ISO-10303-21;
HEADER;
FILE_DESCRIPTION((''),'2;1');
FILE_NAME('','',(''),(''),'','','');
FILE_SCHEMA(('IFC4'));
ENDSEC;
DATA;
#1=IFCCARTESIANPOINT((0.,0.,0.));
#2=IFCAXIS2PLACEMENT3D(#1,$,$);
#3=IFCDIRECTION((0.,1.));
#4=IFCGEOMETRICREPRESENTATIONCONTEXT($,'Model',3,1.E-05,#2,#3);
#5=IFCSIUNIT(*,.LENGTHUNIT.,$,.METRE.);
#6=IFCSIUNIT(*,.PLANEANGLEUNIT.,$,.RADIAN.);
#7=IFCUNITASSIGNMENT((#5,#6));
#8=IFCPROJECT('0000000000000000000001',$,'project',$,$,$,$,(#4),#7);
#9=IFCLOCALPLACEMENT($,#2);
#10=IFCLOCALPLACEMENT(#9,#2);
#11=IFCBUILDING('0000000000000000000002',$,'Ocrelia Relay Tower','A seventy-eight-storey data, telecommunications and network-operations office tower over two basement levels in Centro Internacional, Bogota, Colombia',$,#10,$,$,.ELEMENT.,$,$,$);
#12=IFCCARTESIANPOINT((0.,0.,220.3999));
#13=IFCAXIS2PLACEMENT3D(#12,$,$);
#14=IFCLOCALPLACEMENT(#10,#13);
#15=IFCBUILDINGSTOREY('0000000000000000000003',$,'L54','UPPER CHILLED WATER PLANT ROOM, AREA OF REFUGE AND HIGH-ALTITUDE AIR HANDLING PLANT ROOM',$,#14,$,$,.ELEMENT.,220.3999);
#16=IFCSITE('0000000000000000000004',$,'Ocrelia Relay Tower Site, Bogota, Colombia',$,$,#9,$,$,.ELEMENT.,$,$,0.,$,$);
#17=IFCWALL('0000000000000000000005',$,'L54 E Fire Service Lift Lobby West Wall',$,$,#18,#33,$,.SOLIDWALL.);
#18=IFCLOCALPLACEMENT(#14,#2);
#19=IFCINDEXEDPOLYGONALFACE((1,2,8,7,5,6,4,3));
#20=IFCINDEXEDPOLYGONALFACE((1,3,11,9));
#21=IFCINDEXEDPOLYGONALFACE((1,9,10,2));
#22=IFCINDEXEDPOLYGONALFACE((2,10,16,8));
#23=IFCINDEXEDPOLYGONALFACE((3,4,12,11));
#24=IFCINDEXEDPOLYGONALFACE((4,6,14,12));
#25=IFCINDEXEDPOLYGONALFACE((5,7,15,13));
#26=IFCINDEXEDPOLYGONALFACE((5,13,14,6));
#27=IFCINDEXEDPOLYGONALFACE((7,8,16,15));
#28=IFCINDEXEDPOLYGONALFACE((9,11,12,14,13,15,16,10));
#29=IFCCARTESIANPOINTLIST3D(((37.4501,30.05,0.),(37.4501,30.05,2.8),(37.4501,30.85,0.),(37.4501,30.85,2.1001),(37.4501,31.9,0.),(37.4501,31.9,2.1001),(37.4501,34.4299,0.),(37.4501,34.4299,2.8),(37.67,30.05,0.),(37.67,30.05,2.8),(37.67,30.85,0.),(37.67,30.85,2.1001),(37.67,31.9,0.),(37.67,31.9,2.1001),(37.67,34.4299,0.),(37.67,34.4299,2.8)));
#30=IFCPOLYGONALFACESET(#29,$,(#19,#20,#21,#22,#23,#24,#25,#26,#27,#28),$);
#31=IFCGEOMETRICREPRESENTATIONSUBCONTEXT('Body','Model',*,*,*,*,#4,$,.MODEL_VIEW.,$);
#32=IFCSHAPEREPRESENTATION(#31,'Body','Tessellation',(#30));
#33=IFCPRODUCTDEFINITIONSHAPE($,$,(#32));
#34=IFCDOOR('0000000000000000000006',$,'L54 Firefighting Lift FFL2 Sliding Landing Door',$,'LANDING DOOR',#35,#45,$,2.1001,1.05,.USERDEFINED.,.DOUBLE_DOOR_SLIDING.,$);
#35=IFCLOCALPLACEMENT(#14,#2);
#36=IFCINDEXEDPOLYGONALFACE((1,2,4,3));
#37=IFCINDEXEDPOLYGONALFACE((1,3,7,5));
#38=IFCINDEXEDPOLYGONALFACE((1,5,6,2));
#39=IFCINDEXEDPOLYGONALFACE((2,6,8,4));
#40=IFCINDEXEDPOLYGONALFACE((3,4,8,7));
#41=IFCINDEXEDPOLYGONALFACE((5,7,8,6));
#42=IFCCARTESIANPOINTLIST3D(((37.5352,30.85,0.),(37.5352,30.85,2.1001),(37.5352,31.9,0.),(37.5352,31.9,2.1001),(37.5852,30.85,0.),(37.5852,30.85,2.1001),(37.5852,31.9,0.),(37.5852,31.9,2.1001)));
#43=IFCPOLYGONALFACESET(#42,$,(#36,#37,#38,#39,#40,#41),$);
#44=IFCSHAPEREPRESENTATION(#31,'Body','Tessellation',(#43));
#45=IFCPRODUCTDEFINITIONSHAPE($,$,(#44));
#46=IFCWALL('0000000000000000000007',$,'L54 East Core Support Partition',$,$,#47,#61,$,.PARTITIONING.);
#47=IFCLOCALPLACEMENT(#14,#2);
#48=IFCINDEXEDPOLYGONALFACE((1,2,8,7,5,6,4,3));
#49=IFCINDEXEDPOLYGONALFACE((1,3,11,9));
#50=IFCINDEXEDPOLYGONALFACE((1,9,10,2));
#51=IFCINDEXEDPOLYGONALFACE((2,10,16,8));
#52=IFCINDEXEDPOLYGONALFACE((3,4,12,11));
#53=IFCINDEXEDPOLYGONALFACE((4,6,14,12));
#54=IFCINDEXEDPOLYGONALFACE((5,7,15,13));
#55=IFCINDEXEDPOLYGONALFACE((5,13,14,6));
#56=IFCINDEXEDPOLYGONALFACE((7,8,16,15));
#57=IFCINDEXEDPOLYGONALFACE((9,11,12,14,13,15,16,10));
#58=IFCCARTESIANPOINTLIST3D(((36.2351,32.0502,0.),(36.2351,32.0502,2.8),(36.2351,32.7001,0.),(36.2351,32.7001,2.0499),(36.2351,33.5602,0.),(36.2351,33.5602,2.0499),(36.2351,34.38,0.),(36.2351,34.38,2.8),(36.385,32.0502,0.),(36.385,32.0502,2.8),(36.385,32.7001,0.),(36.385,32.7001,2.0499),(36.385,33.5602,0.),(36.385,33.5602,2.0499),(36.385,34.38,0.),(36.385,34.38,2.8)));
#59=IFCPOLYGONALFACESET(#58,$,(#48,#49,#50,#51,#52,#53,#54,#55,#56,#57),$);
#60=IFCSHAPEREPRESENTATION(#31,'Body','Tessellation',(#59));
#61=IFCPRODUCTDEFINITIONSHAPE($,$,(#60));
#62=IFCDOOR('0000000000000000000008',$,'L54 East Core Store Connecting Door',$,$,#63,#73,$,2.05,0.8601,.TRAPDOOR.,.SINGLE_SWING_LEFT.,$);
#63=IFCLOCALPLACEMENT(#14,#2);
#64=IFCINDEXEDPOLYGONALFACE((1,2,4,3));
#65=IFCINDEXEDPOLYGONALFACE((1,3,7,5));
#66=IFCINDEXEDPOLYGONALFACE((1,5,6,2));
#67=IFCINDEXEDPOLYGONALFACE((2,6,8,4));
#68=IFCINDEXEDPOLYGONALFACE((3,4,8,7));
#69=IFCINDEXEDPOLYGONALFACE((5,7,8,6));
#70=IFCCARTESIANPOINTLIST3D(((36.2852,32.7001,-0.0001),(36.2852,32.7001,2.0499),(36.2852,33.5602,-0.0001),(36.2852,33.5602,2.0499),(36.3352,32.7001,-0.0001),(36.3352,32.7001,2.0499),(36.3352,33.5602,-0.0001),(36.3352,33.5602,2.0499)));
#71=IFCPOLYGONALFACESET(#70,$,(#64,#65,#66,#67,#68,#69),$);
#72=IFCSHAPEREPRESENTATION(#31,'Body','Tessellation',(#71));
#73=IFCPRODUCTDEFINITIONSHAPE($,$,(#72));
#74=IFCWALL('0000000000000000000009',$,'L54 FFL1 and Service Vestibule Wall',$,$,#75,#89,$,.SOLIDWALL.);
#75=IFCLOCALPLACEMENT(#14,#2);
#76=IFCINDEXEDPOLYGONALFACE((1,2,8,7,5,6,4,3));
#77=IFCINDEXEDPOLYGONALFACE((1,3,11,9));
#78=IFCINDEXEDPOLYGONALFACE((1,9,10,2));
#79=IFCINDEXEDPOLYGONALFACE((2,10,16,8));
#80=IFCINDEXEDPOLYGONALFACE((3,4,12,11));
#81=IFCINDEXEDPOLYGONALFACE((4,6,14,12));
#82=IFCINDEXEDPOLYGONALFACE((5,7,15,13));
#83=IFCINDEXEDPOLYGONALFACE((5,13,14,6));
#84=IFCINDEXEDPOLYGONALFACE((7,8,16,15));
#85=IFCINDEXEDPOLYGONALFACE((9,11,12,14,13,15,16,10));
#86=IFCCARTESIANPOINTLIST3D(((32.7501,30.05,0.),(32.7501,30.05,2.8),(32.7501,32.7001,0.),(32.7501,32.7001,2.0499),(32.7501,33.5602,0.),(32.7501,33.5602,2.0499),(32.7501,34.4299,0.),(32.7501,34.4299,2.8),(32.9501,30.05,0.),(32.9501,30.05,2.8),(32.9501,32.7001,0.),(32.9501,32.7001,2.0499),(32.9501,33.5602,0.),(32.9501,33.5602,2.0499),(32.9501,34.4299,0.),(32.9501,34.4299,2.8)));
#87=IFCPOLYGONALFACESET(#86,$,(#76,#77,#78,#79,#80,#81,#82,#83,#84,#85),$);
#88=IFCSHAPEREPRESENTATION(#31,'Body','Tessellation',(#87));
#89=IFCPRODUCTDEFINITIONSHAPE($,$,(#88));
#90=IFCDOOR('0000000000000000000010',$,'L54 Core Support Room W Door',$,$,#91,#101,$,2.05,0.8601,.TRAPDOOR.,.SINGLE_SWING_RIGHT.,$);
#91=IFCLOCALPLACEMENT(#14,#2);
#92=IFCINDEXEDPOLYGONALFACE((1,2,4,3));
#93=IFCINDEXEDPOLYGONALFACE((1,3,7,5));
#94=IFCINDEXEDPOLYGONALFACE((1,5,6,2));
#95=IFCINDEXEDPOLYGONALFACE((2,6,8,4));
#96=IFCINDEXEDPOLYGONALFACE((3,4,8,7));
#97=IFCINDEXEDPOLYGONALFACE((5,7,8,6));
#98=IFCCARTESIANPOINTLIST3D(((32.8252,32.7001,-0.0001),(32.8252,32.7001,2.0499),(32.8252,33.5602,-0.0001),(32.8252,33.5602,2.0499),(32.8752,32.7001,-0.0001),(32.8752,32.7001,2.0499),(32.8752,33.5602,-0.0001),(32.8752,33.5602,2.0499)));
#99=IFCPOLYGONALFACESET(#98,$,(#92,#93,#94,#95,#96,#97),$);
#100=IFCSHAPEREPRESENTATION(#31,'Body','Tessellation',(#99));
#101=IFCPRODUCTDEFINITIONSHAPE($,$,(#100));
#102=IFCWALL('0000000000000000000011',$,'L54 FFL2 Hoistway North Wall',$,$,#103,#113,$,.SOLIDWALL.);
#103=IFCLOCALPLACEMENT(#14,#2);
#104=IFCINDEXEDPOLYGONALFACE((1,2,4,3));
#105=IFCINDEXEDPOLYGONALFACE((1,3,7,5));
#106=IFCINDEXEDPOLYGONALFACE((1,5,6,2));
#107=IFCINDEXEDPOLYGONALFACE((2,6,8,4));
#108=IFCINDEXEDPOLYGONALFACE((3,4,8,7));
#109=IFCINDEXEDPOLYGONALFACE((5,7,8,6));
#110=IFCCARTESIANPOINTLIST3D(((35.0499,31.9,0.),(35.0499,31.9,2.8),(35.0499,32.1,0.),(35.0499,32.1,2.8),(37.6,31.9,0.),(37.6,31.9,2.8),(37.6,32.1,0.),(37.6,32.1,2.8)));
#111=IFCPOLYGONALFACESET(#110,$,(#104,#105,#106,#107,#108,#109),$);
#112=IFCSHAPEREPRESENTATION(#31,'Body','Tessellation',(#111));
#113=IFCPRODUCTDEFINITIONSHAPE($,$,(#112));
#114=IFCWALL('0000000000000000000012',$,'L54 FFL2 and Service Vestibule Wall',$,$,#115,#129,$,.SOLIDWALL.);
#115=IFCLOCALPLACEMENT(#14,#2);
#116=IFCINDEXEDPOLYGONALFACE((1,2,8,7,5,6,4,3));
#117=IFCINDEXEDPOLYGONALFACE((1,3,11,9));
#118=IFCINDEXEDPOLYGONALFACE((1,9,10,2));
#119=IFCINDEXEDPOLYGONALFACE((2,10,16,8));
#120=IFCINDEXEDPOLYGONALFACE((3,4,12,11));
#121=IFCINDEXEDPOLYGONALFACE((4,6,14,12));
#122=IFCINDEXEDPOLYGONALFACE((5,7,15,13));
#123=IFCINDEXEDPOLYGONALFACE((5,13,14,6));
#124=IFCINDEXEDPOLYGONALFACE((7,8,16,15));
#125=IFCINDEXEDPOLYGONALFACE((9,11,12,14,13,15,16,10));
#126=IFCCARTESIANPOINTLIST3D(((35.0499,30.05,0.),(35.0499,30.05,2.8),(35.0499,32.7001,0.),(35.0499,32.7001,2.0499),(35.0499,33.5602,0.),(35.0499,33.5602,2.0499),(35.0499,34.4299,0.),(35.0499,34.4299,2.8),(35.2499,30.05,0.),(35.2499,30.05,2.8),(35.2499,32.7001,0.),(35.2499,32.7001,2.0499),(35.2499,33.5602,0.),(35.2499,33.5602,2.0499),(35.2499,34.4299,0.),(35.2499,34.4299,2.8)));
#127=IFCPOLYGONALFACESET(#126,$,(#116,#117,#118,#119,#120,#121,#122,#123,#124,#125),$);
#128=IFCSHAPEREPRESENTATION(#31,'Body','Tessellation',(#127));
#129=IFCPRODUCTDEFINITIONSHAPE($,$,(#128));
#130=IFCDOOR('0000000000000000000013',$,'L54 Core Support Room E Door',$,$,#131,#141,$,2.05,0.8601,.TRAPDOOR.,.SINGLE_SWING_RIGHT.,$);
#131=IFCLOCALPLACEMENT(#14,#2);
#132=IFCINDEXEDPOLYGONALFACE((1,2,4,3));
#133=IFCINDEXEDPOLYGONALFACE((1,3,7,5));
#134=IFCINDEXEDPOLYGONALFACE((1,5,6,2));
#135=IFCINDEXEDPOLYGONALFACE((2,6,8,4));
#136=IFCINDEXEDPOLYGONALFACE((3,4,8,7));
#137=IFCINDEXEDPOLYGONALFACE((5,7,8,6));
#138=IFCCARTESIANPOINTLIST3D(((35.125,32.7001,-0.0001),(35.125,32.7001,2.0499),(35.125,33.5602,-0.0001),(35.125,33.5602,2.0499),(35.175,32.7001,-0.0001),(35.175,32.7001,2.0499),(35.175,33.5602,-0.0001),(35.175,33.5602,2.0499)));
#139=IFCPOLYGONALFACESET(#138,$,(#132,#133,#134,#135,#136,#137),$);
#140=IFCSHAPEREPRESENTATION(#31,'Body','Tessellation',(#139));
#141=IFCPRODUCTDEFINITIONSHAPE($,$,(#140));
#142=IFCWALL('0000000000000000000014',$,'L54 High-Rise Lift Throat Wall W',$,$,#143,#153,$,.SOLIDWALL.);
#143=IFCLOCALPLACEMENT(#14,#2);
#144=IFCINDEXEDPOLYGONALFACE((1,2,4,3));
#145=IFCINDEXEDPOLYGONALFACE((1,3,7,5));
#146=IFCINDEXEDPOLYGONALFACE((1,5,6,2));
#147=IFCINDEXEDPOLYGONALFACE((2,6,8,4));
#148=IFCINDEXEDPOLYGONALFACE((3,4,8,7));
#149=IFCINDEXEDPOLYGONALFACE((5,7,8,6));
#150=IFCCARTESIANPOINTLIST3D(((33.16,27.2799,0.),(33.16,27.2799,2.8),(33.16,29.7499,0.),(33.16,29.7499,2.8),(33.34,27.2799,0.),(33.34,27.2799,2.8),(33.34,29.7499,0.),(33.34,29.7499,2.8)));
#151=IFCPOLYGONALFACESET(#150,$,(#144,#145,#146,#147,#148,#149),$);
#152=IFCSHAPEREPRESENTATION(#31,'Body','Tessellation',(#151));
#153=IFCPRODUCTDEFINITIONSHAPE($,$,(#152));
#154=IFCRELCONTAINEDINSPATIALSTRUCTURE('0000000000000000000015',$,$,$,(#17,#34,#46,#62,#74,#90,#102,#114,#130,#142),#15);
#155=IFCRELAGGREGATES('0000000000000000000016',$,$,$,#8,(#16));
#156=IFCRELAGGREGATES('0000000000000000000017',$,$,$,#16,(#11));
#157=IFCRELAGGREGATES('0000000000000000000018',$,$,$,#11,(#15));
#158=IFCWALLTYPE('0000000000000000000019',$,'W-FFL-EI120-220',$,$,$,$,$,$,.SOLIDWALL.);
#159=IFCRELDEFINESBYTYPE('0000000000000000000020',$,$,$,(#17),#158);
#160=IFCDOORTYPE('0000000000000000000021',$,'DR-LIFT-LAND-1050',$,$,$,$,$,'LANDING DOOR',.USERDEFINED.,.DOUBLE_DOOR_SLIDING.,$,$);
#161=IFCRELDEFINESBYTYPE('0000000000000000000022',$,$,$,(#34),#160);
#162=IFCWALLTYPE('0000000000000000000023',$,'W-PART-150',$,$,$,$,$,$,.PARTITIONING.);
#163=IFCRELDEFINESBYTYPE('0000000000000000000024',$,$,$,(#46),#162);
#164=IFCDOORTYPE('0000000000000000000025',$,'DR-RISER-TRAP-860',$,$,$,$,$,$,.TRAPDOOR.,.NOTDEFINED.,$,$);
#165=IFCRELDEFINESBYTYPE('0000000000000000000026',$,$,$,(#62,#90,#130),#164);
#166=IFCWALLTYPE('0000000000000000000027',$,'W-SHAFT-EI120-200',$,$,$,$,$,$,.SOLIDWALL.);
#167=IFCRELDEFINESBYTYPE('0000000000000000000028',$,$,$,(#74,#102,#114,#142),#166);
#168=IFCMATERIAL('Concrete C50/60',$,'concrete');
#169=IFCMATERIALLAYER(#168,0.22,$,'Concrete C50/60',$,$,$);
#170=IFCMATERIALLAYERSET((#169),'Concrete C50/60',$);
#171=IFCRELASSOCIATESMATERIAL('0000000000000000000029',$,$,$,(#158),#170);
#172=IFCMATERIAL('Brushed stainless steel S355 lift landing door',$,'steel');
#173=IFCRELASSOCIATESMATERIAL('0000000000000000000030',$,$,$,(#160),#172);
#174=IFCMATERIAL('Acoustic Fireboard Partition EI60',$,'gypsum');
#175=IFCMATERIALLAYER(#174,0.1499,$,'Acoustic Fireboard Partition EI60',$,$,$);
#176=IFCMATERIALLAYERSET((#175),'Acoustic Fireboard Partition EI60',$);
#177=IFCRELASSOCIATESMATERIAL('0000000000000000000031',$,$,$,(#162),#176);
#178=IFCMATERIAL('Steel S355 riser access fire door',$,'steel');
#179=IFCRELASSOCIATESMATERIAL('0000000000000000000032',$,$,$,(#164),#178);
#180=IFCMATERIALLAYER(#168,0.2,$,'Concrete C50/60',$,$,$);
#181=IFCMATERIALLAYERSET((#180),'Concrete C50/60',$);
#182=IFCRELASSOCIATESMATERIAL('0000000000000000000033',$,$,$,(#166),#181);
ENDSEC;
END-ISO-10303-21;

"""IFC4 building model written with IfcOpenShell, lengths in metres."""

from ifc_helpers import new_model, si_unit, direction, frame, frame_2d, origin, place, context, subcontext, project, spatial, rectangle, extrude, material, layer, layer_set, type_object, element, fill, save


model = new_model("IFC4")

# Units and contexts
model_context = context("Model", 3, precision=1e-05, world=origin(), true_north=direction((0.0, 1.0)))
body_context = subcontext(model_context, "Body", "Model", "MODEL_VIEW")
ifc_project = project(units=[si_unit("LENGTHUNIT", "METRE"), si_unit("PLANEANGLEUNIT", "RADIAN")], contexts=[model_context])

# Site, building, storey
site_placement = place(None, origin())
site = spatial("IfcSite", under=ifc_project, at=site_placement, Name="Ocrelia Relay Tower Site, Bogota, Colombia", CompositionType="ELEMENT", RefElevation=0.0)
building_placement = place(site_placement, origin())
building = spatial("IfcBuilding", under=site, at=building_placement, Name="Ocrelia Relay Tower", Description="A seventy-eight-storey data, telecommunications and network-operations office tower over two basement levels in Centro Internacional, Bogota, Colombia", CompositionType="ELEMENT")
storey_placement = place(building_placement, frame((0.0, 0.0, 220.3999)))
storey = spatial("IfcBuildingStorey", under=building, at=storey_placement, Name="L54", Description="UPPER CHILLED WATER PLANT ROOM, AREA OF REFUGE AND HIGH-ALTITUDE AIR HANDLING PLANT ROOM", CompositionType="ELEMENT", Elevation=220.3999)

# Walls, openings, doors
ifc_material_1 = material(Name="Concrete C50/60", Category="concrete")
ifc_layer_1 = layer(ifc_material_1, 0.22, Name="Concrete C50/60")
ifc_layer_set_1 = layer_set([ifc_layer_1], Name="Concrete C50/60")
wall_type_1 = type_object("IfcWallType", Name="W-FFL-EI120-220", PredefinedType="SOLIDWALL", material=ifc_layer_set_1)
wall_1_placement = place(storey_placement, frame((37.5601, 30.05, 0.0), z_axis=(0.0, 0.0, 1.0), x_axis=(0.0, 1.0, 0.0)))
wall_1 = element("IfcWall", 1, at=wall_1_placement, inside=storey, type_object=wall_type_1, Name="L54 E Fire Service Lift Lobby West Wall", PredefinedType="SOLIDWALL", context=body_context, shape_type="SweptSolid", body=[
    extrude(rectangle(XDim=4.3799, YDim=0.22, at=frame_2d((2.1899, 0.0))), origin(), (0.0, 0.0, 1.0), 2.8),
])
opening_1_placement = place(wall_1_placement, frame((0.8, 0.0, 0.0)))
opening_1 = element("IfcOpeningElement", 2, at=opening_1_placement, cuts=wall_1, PredefinedType="OPENING", context=body_context, shape_type="SweptSolid", body=[
    extrude(rectangle(XDim=1.05, YDim=2.1001, at=frame_2d((0.5249, 1.05))), frame((0.0, 0.1201, 0.0), z_axis=(0.0, -1.0, 0.0), x_axis=(1.0, 0.0, 0.0)), (0.0, 0.0, 1.0), 0.24),
])
ifc_material_2 = material(Name="Brushed stainless steel S355 lift landing door", Category="steel")
door_type_1 = type_object("IfcDoorType", Name="DR-LIFT-LAND-1050", ElementType="LANDING DOOR", OperationType="DOUBLE_DOOR_SLIDING", PredefinedType="USERDEFINED", material=ifc_material_2)
door_1_placement = place(opening_1_placement, origin())
door_1 = element("IfcDoor", 3, at=door_1_placement, inside=storey, type_object=door_type_1, Name="L54 Firefighting Lift FFL2 Sliding Landing Door", ObjectType="LANDING DOOR", OperationType="DOUBLE_DOOR_SLIDING", OverallHeight=2.1001, OverallWidth=1.05, PredefinedType="USERDEFINED", context=body_context, shape_type="SweptSolid", body=[
    extrude(rectangle(XDim=1.05, YDim=2.1001, at=frame_2d((0.5249, 1.05))), frame((0.0, 0.0249, 0.0), z_axis=(0.0, -1.0, 0.0), x_axis=(1.0, 0.0, 0.0)), (0.0, 0.0, 1.0), 0.05),
])
fill(opening_1, door_1)
ifc_material_3 = material(Name="Acoustic Fireboard Partition EI60", Category="gypsum")
ifc_layer_2 = layer(ifc_material_3, 0.1499, Name="Acoustic Fireboard Partition EI60")
ifc_layer_set_2 = layer_set([ifc_layer_2], Name="Acoustic Fireboard Partition EI60")
wall_type_2 = type_object("IfcWallType", Name="W-PART-150", PredefinedType="PARTITIONING", material=ifc_layer_set_2)
wall_2_placement = place(storey_placement, frame((36.3101, 32.05, 0.0), z_axis=(0.0, 0.0, 1.0), x_axis=(0.0, 1.0, 0.0)))
wall_2 = element("IfcWall", 4, at=wall_2_placement, inside=storey, type_object=wall_type_2, Name="L54 East Core Support Partition", PredefinedType="PARTITIONING", context=body_context, shape_type="SweptSolid", body=[
    extrude(rectangle(XDim=2.3298, YDim=0.1499, at=frame_2d((1.165, 0.0))), origin(), (0.0, 0.0, 1.0), 2.8),
])
opening_2_placement = place(wall_2_placement, frame((0.6499, 0.0, 0.0)))
opening_2 = element("IfcOpeningElement", 5, at=opening_2_placement, cuts=wall_2, PredefinedType="OPENING", context=body_context, shape_type="SweptSolid", body=[
    extrude(rectangle(XDim=0.8601, YDim=2.05, at=frame_2d((0.4302, 1.0249))), frame((0.0, 0.085, 0.0), z_axis=(0.0, -1.0, 0.0), x_axis=(1.0, 0.0, 0.0)), (0.0, 0.0, 1.0), 0.1699),
])
ifc_material_4 = material(Name="Steel S355 riser access fire door", Category="steel")
door_type_2 = type_object("IfcDoorType", Name="DR-RISER-TRAP-860", OperationType="NOTDEFINED", PredefinedType="TRAPDOOR", material=ifc_material_4)
door_2_placement = place(opening_2_placement, origin())
door_2 = element("IfcDoor", 6, at=door_2_placement, inside=storey, type_object=door_type_2, Name="L54 East Core Store Connecting Door", OperationType="SINGLE_SWING_LEFT", OverallHeight=2.05, OverallWidth=0.8601, PredefinedType="TRAPDOOR", context=body_context, shape_type="SweptSolid", body=[
    extrude(rectangle(XDim=0.8601, YDim=2.05, at=frame_2d((0.4302, 1.0249))), frame((0.0, 0.0249, 0.0), z_axis=(0.0, -1.0, 0.0), x_axis=(1.0, 0.0, 0.0)), (0.0, 0.0, 1.0), 0.05),
])
fill(opening_2, door_2)
ifc_layer_3 = layer(ifc_material_1, 0.2, Name="Concrete C50/60")
ifc_layer_set_3 = layer_set([ifc_layer_3], Name="Concrete C50/60")
wall_type_3 = type_object("IfcWallType", Name="W-SHAFT-EI120-200", PredefinedType="SOLIDWALL", material=ifc_layer_set_3)
wall_3_placement = place(storey_placement, frame((32.8501, 30.05, 0.0), z_axis=(0.0, 0.0, 1.0), x_axis=(0.0, 1.0, 0.0)))
wall_3 = element("IfcWall", 7, at=wall_3_placement, inside=storey, type_object=wall_type_3, Name="L54 FFL1 and Service Vestibule Wall", PredefinedType="SOLIDWALL", context=body_context, shape_type="SweptSolid", body=[
    extrude(rectangle(XDim=4.3799, YDim=0.2, at=frame_2d((2.1899, 0.0))), origin(), (0.0, 0.0, 1.0), 2.8),
])
opening_3_placement = place(wall_3_placement, frame((2.6499, 0.0, 0.0)))
opening_3 = element("IfcOpeningElement", 8, at=opening_3_placement, cuts=wall_3, PredefinedType="OPENING", context=body_context, shape_type="SweptSolid", body=[
    extrude(rectangle(XDim=0.8601, YDim=2.05, at=frame_2d((0.4302, 1.0249))), frame((0.0, 0.1099, 0.0), z_axis=(0.0, -1.0, 0.0), x_axis=(1.0, 0.0, 0.0)), (0.0, 0.0, 1.0), 0.22),
])
door_3_placement = place(opening_3_placement, origin())
door_3 = element("IfcDoor", 9, at=door_3_placement, inside=storey, type_object=door_type_2, Name="L54 Core Support Room W Door", OperationType="SINGLE_SWING_RIGHT", OverallHeight=2.05, OverallWidth=0.8601, PredefinedType="TRAPDOOR", context=body_context, shape_type="SweptSolid", body=[
    extrude(rectangle(XDim=0.8601, YDim=2.05, at=frame_2d((0.4302, 1.0249))), frame((0.0, 0.0249, 0.0), z_axis=(0.0, -1.0, 0.0), x_axis=(1.0, 0.0, 0.0)), (0.0, 0.0, 1.0), 0.05),
])
fill(opening_3, door_3)

# Wall
wall_4_placement = place(storey_placement, frame((35.05, 32.0, 0.0), z_axis=(0.0, 0.0, 1.0), x_axis=(1.0, 0.0, 0.0)))
element("IfcWall", 10, at=wall_4_placement, inside=storey, type_object=wall_type_3, Name="L54 FFL2 Hoistway North Wall", PredefinedType="SOLIDWALL", context=body_context, shape_type="SweptSolid", body=[
    extrude(rectangle(XDim=2.55, YDim=0.2, at=frame_2d((1.2749, 0.0))), origin(), (0.0, 0.0, 1.0), 2.8),
])

# Wall, opening, door
wall_5_placement = place(storey_placement, frame((35.1499, 30.05, 0.0), z_axis=(0.0, 0.0, 1.0), x_axis=(0.0, 1.0, 0.0)))
wall_5 = element("IfcWall", 11, at=wall_5_placement, inside=storey, type_object=wall_type_3, Name="L54 FFL2 and Service Vestibule Wall", PredefinedType="SOLIDWALL", context=body_context, shape_type="SweptSolid", body=[
    extrude(rectangle(XDim=4.3799, YDim=0.2, at=frame_2d((2.1899, 0.0))), origin(), (0.0, 0.0, 1.0), 2.8),
])
opening_4_placement = place(wall_5_placement, frame((2.6499, 0.0, 0.0)))
opening_4 = element("IfcOpeningElement", 12, at=opening_4_placement, cuts=wall_5, PredefinedType="OPENING", context=body_context, shape_type="SweptSolid", body=[
    extrude(rectangle(XDim=0.8601, YDim=2.05, at=frame_2d((0.4302, 1.0249))), frame((0.0, 0.1099, 0.0), z_axis=(0.0, -1.0, 0.0), x_axis=(1.0, 0.0, 0.0)), (0.0, 0.0, 1.0), 0.22),
])
door_4_placement = place(opening_4_placement, origin())
door_4 = element("IfcDoor", 13, at=door_4_placement, inside=storey, type_object=door_type_2, Name="L54 Core Support Room E Door", OperationType="SINGLE_SWING_RIGHT", OverallHeight=2.05, OverallWidth=0.8601, PredefinedType="TRAPDOOR", context=body_context, shape_type="SweptSolid", body=[
    extrude(rectangle(XDim=0.8601, YDim=2.05, at=frame_2d((0.4302, 1.0249))), frame((0.0, 0.0249, 0.0), z_axis=(0.0, -1.0, 0.0), x_axis=(1.0, 0.0, 0.0)), (0.0, 0.0, 1.0), 0.05),
])
fill(opening_4, door_4)

# Wall
wall_6_placement = place(storey_placement, frame((33.25, 27.28, 0.0), z_axis=(0.0, 0.0, 1.0), x_axis=(0.0, 1.0, 0.0)))
element("IfcWall", 14, at=wall_6_placement, inside=storey, type_object=wall_type_3, Name="L54 High-Rise Lift Throat Wall W", PredefinedType="SOLIDWALL", context=body_context, shape_type="SweptSolid", body=[
    extrude(rectangle(XDim=2.47, YDim=0.1799, at=frame_2d((1.2349, 0.0))), origin(), (0.0, 0.0, 1.0), 2.8),
])

save(model, "model.ifc")
